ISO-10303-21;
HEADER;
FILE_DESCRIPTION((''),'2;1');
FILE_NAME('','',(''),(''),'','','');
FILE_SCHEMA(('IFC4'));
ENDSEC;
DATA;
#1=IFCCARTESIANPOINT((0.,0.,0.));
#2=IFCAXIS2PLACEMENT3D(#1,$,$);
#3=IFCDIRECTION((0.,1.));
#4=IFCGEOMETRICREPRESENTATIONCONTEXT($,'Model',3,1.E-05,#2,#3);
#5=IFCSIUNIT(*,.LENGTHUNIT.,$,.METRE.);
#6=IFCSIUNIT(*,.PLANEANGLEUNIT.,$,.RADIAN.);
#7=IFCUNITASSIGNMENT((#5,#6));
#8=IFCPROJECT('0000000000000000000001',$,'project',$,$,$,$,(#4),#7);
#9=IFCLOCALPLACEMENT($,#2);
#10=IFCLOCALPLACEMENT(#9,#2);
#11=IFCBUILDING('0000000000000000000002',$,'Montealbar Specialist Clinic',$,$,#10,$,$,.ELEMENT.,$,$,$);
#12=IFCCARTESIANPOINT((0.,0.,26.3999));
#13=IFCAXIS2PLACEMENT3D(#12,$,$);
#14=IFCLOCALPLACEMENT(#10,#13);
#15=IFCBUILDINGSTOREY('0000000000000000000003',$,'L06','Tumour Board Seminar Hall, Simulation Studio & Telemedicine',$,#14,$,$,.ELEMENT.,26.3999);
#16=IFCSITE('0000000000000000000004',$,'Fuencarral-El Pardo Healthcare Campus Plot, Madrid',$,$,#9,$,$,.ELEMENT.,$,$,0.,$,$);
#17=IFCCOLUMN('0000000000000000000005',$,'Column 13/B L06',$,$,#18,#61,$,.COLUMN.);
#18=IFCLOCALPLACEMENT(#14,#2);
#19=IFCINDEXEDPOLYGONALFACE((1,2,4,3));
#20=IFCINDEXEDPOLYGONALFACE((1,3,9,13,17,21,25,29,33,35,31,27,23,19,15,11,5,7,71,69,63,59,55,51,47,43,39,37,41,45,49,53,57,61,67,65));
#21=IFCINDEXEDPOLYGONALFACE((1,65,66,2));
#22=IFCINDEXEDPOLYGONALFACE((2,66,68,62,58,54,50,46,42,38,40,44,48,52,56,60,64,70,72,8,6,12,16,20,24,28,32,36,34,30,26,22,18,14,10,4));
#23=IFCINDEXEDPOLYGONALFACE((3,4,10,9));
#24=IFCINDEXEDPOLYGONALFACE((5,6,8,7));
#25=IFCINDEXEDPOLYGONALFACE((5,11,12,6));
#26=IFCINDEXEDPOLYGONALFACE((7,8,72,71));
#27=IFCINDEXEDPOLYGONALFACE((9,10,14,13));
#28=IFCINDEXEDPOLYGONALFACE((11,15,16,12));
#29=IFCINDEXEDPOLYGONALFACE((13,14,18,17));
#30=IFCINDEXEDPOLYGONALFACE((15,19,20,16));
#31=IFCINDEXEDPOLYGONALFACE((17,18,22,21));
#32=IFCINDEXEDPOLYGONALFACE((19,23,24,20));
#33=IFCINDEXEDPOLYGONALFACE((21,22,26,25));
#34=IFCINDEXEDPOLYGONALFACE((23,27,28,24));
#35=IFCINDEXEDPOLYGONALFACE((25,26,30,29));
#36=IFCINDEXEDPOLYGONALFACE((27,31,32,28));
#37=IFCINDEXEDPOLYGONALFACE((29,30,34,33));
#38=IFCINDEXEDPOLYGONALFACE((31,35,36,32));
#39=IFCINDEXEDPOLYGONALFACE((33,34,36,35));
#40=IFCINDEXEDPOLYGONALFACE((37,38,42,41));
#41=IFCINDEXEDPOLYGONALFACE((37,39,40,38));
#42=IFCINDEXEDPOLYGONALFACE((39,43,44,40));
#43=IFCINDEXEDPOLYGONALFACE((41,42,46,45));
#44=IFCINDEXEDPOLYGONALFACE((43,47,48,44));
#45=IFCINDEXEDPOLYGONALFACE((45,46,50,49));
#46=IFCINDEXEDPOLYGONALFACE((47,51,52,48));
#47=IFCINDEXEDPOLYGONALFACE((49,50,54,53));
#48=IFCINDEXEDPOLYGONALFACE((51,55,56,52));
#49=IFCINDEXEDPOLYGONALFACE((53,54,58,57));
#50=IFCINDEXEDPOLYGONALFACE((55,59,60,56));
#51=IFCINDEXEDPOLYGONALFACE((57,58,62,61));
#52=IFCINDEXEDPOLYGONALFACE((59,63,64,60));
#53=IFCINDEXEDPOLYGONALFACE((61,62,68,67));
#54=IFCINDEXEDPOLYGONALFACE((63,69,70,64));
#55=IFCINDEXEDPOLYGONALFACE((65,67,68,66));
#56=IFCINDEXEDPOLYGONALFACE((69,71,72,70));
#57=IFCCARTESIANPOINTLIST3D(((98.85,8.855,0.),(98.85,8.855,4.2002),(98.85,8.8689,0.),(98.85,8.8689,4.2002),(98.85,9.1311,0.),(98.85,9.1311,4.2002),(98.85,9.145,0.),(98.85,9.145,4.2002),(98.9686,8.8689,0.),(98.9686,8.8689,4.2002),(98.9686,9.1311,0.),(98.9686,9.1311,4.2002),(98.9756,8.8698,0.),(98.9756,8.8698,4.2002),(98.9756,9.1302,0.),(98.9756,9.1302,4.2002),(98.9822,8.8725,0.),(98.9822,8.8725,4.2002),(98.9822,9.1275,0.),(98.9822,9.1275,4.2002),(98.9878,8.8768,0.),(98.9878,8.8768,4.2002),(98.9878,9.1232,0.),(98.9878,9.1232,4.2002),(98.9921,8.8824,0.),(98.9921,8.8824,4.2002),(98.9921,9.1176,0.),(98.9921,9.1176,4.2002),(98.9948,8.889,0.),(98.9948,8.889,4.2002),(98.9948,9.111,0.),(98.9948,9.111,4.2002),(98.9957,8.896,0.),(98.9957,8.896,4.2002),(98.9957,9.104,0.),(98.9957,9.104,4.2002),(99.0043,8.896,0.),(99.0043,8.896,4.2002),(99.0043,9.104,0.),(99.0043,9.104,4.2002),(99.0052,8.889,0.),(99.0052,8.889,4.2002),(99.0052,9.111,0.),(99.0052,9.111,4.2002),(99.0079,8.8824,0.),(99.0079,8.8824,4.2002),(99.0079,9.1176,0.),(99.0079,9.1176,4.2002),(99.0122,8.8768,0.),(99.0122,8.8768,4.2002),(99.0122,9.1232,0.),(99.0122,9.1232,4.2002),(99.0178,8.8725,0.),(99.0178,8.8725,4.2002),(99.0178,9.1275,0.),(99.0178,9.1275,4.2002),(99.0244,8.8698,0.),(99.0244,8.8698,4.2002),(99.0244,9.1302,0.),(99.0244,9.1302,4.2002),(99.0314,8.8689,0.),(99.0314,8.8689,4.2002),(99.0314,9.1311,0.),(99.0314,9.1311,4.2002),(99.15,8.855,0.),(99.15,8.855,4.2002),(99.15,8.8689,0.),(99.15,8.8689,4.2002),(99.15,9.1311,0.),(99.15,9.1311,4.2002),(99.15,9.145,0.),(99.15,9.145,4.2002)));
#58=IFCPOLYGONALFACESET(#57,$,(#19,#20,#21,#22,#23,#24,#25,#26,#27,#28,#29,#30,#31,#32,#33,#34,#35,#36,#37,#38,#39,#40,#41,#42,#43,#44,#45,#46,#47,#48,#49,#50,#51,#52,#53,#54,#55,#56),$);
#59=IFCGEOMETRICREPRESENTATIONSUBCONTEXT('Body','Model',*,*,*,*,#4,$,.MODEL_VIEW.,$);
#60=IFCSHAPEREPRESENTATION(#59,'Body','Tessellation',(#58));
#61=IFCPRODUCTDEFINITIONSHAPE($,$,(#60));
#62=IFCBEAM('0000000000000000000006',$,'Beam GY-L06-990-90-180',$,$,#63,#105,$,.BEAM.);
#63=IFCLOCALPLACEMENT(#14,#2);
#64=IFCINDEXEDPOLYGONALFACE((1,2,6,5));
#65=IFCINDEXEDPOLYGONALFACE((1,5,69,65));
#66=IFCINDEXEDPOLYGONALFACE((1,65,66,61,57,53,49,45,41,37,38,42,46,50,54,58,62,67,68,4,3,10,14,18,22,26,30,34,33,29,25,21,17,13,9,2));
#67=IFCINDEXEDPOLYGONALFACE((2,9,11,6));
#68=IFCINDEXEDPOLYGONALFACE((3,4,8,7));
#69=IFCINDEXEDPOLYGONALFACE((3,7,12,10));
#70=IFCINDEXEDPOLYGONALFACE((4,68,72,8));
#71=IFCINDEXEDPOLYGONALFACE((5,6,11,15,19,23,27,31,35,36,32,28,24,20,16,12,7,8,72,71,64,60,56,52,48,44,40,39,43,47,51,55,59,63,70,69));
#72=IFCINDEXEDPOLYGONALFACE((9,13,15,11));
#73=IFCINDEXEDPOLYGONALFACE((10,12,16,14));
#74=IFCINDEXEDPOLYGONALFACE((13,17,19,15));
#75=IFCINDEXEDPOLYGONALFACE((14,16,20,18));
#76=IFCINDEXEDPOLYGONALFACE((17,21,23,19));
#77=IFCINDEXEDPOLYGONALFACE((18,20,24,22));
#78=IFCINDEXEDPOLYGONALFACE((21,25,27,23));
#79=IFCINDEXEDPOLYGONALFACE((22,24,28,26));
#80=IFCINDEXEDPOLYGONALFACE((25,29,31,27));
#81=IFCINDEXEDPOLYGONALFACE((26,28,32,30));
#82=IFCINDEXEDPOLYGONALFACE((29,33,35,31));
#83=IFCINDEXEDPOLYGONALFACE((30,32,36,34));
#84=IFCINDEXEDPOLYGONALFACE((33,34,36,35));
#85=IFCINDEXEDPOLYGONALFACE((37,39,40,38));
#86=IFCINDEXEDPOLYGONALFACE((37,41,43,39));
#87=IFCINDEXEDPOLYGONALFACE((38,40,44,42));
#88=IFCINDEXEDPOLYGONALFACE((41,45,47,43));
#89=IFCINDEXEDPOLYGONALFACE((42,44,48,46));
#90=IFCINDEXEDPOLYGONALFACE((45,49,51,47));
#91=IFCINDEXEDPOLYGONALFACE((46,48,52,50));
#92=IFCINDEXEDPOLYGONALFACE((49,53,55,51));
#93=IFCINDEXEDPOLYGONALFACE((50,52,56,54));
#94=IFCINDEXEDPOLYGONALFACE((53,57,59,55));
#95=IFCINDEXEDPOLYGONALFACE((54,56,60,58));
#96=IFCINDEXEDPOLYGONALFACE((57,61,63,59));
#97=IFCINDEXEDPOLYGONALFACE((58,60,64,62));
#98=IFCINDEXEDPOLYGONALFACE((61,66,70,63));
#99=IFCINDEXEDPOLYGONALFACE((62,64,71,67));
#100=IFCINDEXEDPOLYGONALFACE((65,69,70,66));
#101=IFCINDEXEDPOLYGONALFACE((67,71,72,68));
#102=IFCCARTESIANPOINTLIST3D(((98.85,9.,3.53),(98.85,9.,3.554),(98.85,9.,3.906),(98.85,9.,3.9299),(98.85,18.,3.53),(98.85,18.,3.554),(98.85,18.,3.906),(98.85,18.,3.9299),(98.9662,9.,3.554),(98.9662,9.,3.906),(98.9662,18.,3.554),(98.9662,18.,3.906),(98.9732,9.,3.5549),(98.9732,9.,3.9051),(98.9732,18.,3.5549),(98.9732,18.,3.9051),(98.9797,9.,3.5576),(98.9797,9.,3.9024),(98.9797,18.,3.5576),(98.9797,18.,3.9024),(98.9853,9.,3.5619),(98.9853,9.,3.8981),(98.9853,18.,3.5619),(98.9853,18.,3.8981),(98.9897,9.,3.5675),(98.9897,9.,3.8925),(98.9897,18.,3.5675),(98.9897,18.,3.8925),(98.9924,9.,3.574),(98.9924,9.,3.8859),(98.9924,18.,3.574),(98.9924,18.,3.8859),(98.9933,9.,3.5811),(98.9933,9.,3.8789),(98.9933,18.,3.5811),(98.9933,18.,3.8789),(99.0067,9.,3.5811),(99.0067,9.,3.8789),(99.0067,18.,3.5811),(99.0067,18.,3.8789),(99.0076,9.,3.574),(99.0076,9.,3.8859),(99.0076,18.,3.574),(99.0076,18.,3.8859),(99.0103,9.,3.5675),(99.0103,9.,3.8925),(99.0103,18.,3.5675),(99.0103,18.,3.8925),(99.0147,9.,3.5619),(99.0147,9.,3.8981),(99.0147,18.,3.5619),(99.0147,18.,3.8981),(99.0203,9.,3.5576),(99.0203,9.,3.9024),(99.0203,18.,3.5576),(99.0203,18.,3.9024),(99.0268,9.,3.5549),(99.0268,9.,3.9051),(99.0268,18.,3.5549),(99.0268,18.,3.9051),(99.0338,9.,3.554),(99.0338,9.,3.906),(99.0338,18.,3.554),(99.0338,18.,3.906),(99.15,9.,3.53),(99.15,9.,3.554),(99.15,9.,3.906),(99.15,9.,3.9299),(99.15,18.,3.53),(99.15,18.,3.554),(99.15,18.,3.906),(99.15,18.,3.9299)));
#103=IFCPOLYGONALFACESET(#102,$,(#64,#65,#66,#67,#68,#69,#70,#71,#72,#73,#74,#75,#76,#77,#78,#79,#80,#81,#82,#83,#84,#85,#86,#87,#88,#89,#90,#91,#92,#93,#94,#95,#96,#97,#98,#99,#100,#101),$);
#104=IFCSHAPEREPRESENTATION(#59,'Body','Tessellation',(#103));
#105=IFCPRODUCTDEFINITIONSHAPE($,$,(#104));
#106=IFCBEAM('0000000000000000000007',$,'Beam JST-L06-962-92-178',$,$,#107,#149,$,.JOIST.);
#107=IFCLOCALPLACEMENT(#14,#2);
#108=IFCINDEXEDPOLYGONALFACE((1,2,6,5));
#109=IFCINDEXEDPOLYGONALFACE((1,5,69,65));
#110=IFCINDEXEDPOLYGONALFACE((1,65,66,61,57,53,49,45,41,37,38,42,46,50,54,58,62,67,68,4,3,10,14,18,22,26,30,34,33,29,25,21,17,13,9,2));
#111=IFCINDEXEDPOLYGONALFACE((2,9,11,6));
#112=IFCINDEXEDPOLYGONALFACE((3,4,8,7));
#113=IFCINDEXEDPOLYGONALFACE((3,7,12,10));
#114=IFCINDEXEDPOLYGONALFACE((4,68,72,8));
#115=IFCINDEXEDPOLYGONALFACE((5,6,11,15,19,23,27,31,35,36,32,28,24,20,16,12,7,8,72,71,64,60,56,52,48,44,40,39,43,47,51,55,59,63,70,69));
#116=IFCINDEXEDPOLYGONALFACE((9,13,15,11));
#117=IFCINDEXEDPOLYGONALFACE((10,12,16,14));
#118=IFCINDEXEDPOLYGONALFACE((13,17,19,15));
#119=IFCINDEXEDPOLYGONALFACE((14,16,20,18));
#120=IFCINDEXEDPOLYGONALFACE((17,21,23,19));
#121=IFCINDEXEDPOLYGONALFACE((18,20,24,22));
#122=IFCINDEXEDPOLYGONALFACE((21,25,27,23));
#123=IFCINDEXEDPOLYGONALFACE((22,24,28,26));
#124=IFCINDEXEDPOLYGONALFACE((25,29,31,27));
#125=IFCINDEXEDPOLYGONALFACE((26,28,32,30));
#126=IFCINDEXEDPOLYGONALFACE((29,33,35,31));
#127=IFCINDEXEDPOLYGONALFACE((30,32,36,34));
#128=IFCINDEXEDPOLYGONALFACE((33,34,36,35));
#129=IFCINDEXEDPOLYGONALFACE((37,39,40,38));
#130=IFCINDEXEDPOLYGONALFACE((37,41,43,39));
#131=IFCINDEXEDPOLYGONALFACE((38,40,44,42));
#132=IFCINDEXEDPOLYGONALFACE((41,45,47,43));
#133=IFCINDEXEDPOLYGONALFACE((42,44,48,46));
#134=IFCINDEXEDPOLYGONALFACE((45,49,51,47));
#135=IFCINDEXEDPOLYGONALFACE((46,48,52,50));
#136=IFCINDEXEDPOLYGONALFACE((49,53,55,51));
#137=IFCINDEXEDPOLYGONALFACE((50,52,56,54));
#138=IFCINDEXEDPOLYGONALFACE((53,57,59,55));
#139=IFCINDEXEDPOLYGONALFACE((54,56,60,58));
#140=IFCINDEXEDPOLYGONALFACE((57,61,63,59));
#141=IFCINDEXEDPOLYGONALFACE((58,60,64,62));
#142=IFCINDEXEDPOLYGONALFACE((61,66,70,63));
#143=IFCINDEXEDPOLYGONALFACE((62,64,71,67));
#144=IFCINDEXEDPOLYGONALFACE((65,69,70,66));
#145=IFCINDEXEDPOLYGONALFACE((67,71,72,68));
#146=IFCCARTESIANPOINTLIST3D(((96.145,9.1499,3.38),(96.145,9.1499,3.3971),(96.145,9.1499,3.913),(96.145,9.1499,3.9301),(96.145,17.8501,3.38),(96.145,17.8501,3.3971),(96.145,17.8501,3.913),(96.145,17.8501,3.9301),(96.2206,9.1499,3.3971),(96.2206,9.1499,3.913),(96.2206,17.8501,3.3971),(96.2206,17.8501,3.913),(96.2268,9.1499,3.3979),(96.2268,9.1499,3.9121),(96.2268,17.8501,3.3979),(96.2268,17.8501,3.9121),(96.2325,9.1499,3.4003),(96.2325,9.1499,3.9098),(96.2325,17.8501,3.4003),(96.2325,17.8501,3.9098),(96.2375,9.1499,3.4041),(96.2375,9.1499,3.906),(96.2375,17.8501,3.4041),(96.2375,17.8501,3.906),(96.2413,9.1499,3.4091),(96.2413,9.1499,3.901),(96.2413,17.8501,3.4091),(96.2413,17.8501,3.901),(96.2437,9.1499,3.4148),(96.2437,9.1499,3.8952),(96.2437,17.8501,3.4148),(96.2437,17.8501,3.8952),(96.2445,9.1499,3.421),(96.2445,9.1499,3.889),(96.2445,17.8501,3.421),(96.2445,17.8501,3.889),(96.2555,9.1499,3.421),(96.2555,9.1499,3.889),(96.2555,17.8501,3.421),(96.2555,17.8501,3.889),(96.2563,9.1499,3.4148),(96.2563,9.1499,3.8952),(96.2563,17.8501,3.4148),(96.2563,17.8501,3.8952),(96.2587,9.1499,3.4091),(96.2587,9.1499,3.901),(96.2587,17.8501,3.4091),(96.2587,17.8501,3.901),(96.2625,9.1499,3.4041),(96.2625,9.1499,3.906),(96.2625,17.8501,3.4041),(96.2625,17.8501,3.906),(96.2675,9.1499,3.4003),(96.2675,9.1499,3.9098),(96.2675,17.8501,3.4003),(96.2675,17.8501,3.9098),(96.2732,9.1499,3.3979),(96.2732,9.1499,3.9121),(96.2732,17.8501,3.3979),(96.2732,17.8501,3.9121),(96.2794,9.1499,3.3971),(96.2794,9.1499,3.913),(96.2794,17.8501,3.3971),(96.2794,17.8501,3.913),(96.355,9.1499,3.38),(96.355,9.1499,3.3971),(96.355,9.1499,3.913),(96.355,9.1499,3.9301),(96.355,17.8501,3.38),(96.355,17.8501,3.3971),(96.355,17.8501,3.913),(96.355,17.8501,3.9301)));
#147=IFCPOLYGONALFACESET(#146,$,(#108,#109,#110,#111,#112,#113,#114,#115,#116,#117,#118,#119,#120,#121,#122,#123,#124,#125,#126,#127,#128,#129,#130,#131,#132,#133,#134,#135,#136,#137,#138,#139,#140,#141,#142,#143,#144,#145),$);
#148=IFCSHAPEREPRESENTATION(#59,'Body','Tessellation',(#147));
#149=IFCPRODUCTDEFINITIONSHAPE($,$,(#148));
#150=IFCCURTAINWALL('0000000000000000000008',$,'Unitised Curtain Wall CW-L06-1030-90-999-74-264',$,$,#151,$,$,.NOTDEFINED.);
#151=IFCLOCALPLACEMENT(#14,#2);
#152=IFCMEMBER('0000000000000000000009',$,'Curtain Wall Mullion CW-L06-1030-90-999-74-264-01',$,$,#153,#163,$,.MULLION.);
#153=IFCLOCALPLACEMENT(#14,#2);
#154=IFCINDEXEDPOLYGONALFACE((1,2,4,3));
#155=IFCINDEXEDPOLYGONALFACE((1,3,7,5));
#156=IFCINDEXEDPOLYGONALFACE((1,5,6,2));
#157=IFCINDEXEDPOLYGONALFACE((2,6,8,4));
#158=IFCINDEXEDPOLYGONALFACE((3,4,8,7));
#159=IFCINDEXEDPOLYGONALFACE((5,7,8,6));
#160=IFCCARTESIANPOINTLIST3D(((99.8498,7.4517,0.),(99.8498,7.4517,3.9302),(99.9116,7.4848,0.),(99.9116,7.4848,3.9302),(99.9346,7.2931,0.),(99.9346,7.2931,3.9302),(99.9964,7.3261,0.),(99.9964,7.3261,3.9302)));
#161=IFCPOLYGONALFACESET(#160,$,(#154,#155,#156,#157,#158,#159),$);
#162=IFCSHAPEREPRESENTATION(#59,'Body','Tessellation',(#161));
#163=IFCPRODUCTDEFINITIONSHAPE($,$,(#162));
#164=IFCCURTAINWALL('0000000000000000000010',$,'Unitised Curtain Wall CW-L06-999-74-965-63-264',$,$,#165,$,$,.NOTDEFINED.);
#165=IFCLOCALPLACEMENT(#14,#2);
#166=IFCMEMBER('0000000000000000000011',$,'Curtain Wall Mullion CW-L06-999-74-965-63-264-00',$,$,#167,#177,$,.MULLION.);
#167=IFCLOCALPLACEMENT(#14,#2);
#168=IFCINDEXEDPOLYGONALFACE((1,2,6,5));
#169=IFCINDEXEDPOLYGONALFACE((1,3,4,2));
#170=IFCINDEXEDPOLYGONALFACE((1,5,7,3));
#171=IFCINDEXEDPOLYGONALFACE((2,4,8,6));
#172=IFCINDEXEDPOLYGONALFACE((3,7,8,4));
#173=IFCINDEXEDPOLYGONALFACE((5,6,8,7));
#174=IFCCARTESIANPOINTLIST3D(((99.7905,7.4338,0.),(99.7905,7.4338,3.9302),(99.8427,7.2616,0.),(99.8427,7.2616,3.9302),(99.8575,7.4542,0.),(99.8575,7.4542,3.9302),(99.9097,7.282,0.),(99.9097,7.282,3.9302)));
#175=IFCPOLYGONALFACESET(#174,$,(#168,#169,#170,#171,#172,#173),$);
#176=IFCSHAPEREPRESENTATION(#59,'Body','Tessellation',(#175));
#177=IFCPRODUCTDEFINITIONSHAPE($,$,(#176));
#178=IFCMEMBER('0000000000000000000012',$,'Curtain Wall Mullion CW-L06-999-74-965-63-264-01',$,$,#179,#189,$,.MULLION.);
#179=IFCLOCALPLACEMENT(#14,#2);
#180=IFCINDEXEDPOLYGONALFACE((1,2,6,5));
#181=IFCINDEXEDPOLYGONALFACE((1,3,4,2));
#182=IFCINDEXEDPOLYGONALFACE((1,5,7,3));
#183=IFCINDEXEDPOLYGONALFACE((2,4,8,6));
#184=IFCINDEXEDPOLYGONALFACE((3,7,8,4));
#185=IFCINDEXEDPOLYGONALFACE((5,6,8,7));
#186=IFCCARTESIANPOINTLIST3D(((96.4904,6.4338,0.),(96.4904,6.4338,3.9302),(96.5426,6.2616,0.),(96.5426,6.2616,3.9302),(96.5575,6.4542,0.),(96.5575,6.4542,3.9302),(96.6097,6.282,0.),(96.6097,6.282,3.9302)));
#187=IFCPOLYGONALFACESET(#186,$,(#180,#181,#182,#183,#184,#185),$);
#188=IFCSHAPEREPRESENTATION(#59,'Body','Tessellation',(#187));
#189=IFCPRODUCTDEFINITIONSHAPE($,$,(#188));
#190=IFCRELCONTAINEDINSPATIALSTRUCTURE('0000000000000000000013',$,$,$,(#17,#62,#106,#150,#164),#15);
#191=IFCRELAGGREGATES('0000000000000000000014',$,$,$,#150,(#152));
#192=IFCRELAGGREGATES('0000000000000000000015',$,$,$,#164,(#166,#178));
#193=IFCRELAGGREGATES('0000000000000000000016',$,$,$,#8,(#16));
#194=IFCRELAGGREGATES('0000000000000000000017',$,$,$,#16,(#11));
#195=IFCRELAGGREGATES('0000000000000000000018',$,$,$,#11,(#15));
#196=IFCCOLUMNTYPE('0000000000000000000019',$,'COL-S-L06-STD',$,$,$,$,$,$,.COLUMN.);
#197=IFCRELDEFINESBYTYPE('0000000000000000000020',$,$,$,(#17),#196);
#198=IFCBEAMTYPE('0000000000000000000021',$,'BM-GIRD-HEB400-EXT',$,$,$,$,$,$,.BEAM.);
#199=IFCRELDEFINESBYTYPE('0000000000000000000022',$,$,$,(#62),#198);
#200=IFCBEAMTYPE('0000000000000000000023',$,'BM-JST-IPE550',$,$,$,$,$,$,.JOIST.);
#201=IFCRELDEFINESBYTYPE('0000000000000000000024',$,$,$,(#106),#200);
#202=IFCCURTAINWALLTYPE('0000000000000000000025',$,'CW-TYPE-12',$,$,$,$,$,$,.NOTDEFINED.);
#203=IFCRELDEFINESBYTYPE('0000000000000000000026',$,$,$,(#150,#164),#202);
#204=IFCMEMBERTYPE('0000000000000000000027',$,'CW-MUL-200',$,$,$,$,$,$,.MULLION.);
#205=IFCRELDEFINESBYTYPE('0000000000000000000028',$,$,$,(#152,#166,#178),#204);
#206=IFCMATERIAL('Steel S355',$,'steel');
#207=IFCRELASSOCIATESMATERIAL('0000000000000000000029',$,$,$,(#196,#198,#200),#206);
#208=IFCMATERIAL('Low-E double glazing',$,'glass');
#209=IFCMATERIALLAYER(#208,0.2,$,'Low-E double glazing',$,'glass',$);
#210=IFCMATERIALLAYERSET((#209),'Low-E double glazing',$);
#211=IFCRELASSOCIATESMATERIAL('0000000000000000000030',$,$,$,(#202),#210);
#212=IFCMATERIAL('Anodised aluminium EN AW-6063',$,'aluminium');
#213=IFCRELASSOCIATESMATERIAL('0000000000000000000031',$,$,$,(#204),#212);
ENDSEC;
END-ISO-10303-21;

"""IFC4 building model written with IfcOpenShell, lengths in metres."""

from ifc_helpers import new_model, si_unit, direction, frame, origin, origin_2d, place, context, subcontext, project, spatial, rectangle, i_section, extrude, material, layer, layer_set, material_profile, profile_set, type_object, element, aggregate, save


model = new_model("IFC4")

# Units and contexts
model_context = context("Model", 3, precision=1e-05, world=origin(), true_north=direction((0.0, 1.0)))
body_context = subcontext(model_context, "Body", "Model", "MODEL_VIEW")
ifc_project = project(units=[si_unit("LENGTHUNIT", "METRE"), si_unit("PLANEANGLEUNIT", "RADIAN")], contexts=[model_context])

# Site, building, storey
site_placement = place(None, origin())
site = spatial("IfcSite", under=ifc_project, at=site_placement, Name="Fuencarral-El Pardo Healthcare Campus Plot, Madrid", CompositionType="ELEMENT", RefElevation=0.0)
building_placement = place(site_placement, origin())
building = spatial("IfcBuilding", under=site, at=building_placement, Name="Montealbar Specialist Clinic", CompositionType="ELEMENT")
storey_placement = place(building_placement, frame((0.0, 0.0, 26.3999)))
storey = spatial("IfcBuildingStorey", under=building, at=storey_placement, Name="L06", Description="Tumour Board Seminar Hall, Simulation Studio & Telemedicine", CompositionType="ELEMENT", Elevation=26.3999)

# Column
ifc_material_1 = material(Name="Steel S355", Category="steel")
ifc_material_profile_1 = material_profile(ifc_material_1, i_section(OverallWidth=0.3, OverallDepth=0.29, WebThickness=0.0085, FlangeThickness=0.0139, FilletRadius=0.0271, at=origin_2d()), Name="HEA 300", Category="steel")
ifc_profile_set_1 = profile_set([ifc_material_profile_1], Name="Steel S355")
column_type = type_object("IfcColumnType", Name="COL-S-L06-STD", PredefinedType="COLUMN", material=ifc_profile_set_1)
column_placement = place(storey_placement, frame((99.0, 9.0, 0.0), z_axis=(0.0, 0.0, 1.0), x_axis=(1.0, 0.0, 0.0)))
element("IfcColumn", 1, at=column_placement, inside=storey, type_object=column_type, Name="Column 13/B L06", PredefinedType="COLUMN", context=body_context, shape_type="SweptSolid", body=[
    extrude(i_section(OverallWidth=0.3, OverallDepth=0.29, WebThickness=0.0085, FlangeThickness=0.0139, FilletRadius=0.0271, at=origin_2d()), origin(), (0.0, 0.0, 1.0), 4.2002),
])

# Beams
ifc_material_profile_2 = material_profile(ifc_material_1, i_section(OverallWidth=0.3, OverallDepth=0.3999, WebThickness=0.0134, FlangeThickness=0.0239, FilletRadius=0.0271, at=origin_2d()), Name="HEB 400", Category="steel")
ifc_profile_set_2 = profile_set([ifc_material_profile_2], Name="Steel S355")
beam_type_1 = type_object("IfcBeamType", Name="BM-GIRD-HEB400-EXT", PredefinedType="BEAM", material=ifc_profile_set_2)
beam_1_placement = place(storey_placement, frame((99.0, 9.0, 3.73), z_axis=(0.0, 1.0, 0.0), x_axis=(-1.0, 0.0, 0.0)))
element("IfcBeam", 2, at=beam_1_placement, inside=storey, type_object=beam_type_1, Name="Beam GY-L06-990-90-180", PredefinedType="BEAM", context=body_context, shape_type="SweptSolid", body=[
    extrude(i_section(OverallWidth=0.3, OverallDepth=0.3999, WebThickness=0.0134, FlangeThickness=0.0239, FilletRadius=0.0271, at=origin_2d()), origin(), (0.0, 0.0, 1.0), 9.0),
])
ifc_material_profile_3 = material_profile(ifc_material_1, i_section(OverallWidth=0.21, OverallDepth=0.55, WebThickness=0.011, FlangeThickness=0.0171, FilletRadius=0.0239, at=origin_2d()), Name="IPE 550", Category="steel")
ifc_profile_set_3 = profile_set([ifc_material_profile_3], Name="Steel S355")
beam_type_2 = type_object("IfcBeamType", Name="BM-JST-IPE550", PredefinedType="JOIST", material=ifc_profile_set_3)
beam_2_placement = place(storey_placement, frame((96.25, 9.1499, 3.655), z_axis=(0.0, 1.0, 0.0), x_axis=(-1.0, 0.0, 0.0)))
element("IfcBeam", 3, at=beam_2_placement, inside=storey, type_object=beam_type_2, Name="Beam JST-L06-962-92-178", PredefinedType="JOIST", context=body_context, shape_type="SweptSolid", body=[
    extrude(i_section(OverallWidth=0.21, OverallDepth=0.55, WebThickness=0.011, FlangeThickness=0.0171, FilletRadius=0.0239, at=origin_2d()), origin(), (0.0, 0.0, 1.0), 8.7002),
])

# Curtain wall, member
ifc_material_2 = material(Name="Low-E double glazing", Category="glass")
ifc_layer_1 = layer(ifc_material_2, 0.2, Name="Low-E double glazing", Category="glass")
ifc_layer_set_1 = layer_set([ifc_layer_1], Name="Low-E double glazing")
curtain_wall_type = type_object("IfcCurtainWallType", Name="CW-TYPE-12", PredefinedType="NOTDEFINED", material=ifc_layer_set_1)
curtain_wall_1_placement = place(storey_placement, origin())
curtain_wall_1 = element("IfcCurtainWall", 4, at=curtain_wall_1_placement, inside=storey, type_object=curtain_wall_type, Name="Unitised Curtain Wall CW-L06-1030-90-999-74-264", PredefinedType="NOTDEFINED")
ifc_material_3 = material(Name="Anodised aluminium EN AW-6063", Category="aluminium")
ifc_material_profile_4 = material_profile(ifc_material_3, rectangle(XDim=0.0701, YDim=0.1799, at=origin_2d()), Name="ALU 70x180", Category="aluminium")
ifc_profile_set_4 = profile_set([ifc_material_profile_4], Name="Anodised aluminium EN AW-6063")
member_type_1 = type_object("IfcMemberType", Name="CW-MUL-200", PredefinedType="MULLION", material=ifc_profile_set_4)
member_1_placement = place(storey_placement, frame((99.9231, 7.3889, 0.0), z_axis=(0.0, 0.0, 1.0), x_axis=(-0.88185, -0.471529, 0.0)))
member_1 = element("IfcMember", 5, at=member_1_placement, type_object=member_type_1, Name="Curtain Wall Mullion CW-L06-1030-90-999-74-264-01", PredefinedType="MULLION", context=body_context, shape_type="SweptSolid", body=[
    extrude(rectangle(XDim=0.0701, YDim=0.1799, at=origin_2d()), origin(), (0.0, 0.0, 1.0), 3.9302),
])

# Curtain wall, members
curtain_wall_2_placement = place(storey_placement, origin())
curtain_wall_2 = element("IfcCurtainWall", 6, at=curtain_wall_2_placement, inside=storey, type_object=curtain_wall_type, Name="Unitised Curtain Wall CW-L06-999-74-965-63-264", PredefinedType="NOTDEFINED")
member_2_placement = place(storey_placement, frame((99.8501, 7.3579, 0.0), z_axis=(0.0, 0.0, 1.0), x_axis=(-0.956948, -0.290259, 0.0)))
member_2 = element("IfcMember", 7, at=member_2_placement, type_object=member_type_1, Name="Curtain Wall Mullion CW-L06-999-74-965-63-264-00", PredefinedType="MULLION", context=body_context, shape_type="SweptSolid", body=[
    extrude(rectangle(XDim=0.0701, YDim=0.1799, at=origin_2d()), origin(), (0.0, 0.0, 1.0), 3.9302),
])
member_3_placement = place(storey_placement, frame((96.55, 6.3579, 0.0), z_axis=(0.0, 0.0, 1.0), x_axis=(-0.956948, -0.290259, 0.0)))
member_3 = element("IfcMember", 8, at=member_3_placement, type_object=member_type_1, Name="Curtain Wall Mullion CW-L06-999-74-965-63-264-01", PredefinedType="MULLION", context=body_context, shape_type="SweptSolid", body=[
    extrude(rectangle(XDim=0.0701, YDim=0.1799, at=origin_2d()), origin(), (0.0, 0.0, 1.0), 3.9302),
])

aggregate(curtain_wall_1, [member_1])
aggregate(curtain_wall_2, [member_2, member_3])

save(model, "model.ifc")
